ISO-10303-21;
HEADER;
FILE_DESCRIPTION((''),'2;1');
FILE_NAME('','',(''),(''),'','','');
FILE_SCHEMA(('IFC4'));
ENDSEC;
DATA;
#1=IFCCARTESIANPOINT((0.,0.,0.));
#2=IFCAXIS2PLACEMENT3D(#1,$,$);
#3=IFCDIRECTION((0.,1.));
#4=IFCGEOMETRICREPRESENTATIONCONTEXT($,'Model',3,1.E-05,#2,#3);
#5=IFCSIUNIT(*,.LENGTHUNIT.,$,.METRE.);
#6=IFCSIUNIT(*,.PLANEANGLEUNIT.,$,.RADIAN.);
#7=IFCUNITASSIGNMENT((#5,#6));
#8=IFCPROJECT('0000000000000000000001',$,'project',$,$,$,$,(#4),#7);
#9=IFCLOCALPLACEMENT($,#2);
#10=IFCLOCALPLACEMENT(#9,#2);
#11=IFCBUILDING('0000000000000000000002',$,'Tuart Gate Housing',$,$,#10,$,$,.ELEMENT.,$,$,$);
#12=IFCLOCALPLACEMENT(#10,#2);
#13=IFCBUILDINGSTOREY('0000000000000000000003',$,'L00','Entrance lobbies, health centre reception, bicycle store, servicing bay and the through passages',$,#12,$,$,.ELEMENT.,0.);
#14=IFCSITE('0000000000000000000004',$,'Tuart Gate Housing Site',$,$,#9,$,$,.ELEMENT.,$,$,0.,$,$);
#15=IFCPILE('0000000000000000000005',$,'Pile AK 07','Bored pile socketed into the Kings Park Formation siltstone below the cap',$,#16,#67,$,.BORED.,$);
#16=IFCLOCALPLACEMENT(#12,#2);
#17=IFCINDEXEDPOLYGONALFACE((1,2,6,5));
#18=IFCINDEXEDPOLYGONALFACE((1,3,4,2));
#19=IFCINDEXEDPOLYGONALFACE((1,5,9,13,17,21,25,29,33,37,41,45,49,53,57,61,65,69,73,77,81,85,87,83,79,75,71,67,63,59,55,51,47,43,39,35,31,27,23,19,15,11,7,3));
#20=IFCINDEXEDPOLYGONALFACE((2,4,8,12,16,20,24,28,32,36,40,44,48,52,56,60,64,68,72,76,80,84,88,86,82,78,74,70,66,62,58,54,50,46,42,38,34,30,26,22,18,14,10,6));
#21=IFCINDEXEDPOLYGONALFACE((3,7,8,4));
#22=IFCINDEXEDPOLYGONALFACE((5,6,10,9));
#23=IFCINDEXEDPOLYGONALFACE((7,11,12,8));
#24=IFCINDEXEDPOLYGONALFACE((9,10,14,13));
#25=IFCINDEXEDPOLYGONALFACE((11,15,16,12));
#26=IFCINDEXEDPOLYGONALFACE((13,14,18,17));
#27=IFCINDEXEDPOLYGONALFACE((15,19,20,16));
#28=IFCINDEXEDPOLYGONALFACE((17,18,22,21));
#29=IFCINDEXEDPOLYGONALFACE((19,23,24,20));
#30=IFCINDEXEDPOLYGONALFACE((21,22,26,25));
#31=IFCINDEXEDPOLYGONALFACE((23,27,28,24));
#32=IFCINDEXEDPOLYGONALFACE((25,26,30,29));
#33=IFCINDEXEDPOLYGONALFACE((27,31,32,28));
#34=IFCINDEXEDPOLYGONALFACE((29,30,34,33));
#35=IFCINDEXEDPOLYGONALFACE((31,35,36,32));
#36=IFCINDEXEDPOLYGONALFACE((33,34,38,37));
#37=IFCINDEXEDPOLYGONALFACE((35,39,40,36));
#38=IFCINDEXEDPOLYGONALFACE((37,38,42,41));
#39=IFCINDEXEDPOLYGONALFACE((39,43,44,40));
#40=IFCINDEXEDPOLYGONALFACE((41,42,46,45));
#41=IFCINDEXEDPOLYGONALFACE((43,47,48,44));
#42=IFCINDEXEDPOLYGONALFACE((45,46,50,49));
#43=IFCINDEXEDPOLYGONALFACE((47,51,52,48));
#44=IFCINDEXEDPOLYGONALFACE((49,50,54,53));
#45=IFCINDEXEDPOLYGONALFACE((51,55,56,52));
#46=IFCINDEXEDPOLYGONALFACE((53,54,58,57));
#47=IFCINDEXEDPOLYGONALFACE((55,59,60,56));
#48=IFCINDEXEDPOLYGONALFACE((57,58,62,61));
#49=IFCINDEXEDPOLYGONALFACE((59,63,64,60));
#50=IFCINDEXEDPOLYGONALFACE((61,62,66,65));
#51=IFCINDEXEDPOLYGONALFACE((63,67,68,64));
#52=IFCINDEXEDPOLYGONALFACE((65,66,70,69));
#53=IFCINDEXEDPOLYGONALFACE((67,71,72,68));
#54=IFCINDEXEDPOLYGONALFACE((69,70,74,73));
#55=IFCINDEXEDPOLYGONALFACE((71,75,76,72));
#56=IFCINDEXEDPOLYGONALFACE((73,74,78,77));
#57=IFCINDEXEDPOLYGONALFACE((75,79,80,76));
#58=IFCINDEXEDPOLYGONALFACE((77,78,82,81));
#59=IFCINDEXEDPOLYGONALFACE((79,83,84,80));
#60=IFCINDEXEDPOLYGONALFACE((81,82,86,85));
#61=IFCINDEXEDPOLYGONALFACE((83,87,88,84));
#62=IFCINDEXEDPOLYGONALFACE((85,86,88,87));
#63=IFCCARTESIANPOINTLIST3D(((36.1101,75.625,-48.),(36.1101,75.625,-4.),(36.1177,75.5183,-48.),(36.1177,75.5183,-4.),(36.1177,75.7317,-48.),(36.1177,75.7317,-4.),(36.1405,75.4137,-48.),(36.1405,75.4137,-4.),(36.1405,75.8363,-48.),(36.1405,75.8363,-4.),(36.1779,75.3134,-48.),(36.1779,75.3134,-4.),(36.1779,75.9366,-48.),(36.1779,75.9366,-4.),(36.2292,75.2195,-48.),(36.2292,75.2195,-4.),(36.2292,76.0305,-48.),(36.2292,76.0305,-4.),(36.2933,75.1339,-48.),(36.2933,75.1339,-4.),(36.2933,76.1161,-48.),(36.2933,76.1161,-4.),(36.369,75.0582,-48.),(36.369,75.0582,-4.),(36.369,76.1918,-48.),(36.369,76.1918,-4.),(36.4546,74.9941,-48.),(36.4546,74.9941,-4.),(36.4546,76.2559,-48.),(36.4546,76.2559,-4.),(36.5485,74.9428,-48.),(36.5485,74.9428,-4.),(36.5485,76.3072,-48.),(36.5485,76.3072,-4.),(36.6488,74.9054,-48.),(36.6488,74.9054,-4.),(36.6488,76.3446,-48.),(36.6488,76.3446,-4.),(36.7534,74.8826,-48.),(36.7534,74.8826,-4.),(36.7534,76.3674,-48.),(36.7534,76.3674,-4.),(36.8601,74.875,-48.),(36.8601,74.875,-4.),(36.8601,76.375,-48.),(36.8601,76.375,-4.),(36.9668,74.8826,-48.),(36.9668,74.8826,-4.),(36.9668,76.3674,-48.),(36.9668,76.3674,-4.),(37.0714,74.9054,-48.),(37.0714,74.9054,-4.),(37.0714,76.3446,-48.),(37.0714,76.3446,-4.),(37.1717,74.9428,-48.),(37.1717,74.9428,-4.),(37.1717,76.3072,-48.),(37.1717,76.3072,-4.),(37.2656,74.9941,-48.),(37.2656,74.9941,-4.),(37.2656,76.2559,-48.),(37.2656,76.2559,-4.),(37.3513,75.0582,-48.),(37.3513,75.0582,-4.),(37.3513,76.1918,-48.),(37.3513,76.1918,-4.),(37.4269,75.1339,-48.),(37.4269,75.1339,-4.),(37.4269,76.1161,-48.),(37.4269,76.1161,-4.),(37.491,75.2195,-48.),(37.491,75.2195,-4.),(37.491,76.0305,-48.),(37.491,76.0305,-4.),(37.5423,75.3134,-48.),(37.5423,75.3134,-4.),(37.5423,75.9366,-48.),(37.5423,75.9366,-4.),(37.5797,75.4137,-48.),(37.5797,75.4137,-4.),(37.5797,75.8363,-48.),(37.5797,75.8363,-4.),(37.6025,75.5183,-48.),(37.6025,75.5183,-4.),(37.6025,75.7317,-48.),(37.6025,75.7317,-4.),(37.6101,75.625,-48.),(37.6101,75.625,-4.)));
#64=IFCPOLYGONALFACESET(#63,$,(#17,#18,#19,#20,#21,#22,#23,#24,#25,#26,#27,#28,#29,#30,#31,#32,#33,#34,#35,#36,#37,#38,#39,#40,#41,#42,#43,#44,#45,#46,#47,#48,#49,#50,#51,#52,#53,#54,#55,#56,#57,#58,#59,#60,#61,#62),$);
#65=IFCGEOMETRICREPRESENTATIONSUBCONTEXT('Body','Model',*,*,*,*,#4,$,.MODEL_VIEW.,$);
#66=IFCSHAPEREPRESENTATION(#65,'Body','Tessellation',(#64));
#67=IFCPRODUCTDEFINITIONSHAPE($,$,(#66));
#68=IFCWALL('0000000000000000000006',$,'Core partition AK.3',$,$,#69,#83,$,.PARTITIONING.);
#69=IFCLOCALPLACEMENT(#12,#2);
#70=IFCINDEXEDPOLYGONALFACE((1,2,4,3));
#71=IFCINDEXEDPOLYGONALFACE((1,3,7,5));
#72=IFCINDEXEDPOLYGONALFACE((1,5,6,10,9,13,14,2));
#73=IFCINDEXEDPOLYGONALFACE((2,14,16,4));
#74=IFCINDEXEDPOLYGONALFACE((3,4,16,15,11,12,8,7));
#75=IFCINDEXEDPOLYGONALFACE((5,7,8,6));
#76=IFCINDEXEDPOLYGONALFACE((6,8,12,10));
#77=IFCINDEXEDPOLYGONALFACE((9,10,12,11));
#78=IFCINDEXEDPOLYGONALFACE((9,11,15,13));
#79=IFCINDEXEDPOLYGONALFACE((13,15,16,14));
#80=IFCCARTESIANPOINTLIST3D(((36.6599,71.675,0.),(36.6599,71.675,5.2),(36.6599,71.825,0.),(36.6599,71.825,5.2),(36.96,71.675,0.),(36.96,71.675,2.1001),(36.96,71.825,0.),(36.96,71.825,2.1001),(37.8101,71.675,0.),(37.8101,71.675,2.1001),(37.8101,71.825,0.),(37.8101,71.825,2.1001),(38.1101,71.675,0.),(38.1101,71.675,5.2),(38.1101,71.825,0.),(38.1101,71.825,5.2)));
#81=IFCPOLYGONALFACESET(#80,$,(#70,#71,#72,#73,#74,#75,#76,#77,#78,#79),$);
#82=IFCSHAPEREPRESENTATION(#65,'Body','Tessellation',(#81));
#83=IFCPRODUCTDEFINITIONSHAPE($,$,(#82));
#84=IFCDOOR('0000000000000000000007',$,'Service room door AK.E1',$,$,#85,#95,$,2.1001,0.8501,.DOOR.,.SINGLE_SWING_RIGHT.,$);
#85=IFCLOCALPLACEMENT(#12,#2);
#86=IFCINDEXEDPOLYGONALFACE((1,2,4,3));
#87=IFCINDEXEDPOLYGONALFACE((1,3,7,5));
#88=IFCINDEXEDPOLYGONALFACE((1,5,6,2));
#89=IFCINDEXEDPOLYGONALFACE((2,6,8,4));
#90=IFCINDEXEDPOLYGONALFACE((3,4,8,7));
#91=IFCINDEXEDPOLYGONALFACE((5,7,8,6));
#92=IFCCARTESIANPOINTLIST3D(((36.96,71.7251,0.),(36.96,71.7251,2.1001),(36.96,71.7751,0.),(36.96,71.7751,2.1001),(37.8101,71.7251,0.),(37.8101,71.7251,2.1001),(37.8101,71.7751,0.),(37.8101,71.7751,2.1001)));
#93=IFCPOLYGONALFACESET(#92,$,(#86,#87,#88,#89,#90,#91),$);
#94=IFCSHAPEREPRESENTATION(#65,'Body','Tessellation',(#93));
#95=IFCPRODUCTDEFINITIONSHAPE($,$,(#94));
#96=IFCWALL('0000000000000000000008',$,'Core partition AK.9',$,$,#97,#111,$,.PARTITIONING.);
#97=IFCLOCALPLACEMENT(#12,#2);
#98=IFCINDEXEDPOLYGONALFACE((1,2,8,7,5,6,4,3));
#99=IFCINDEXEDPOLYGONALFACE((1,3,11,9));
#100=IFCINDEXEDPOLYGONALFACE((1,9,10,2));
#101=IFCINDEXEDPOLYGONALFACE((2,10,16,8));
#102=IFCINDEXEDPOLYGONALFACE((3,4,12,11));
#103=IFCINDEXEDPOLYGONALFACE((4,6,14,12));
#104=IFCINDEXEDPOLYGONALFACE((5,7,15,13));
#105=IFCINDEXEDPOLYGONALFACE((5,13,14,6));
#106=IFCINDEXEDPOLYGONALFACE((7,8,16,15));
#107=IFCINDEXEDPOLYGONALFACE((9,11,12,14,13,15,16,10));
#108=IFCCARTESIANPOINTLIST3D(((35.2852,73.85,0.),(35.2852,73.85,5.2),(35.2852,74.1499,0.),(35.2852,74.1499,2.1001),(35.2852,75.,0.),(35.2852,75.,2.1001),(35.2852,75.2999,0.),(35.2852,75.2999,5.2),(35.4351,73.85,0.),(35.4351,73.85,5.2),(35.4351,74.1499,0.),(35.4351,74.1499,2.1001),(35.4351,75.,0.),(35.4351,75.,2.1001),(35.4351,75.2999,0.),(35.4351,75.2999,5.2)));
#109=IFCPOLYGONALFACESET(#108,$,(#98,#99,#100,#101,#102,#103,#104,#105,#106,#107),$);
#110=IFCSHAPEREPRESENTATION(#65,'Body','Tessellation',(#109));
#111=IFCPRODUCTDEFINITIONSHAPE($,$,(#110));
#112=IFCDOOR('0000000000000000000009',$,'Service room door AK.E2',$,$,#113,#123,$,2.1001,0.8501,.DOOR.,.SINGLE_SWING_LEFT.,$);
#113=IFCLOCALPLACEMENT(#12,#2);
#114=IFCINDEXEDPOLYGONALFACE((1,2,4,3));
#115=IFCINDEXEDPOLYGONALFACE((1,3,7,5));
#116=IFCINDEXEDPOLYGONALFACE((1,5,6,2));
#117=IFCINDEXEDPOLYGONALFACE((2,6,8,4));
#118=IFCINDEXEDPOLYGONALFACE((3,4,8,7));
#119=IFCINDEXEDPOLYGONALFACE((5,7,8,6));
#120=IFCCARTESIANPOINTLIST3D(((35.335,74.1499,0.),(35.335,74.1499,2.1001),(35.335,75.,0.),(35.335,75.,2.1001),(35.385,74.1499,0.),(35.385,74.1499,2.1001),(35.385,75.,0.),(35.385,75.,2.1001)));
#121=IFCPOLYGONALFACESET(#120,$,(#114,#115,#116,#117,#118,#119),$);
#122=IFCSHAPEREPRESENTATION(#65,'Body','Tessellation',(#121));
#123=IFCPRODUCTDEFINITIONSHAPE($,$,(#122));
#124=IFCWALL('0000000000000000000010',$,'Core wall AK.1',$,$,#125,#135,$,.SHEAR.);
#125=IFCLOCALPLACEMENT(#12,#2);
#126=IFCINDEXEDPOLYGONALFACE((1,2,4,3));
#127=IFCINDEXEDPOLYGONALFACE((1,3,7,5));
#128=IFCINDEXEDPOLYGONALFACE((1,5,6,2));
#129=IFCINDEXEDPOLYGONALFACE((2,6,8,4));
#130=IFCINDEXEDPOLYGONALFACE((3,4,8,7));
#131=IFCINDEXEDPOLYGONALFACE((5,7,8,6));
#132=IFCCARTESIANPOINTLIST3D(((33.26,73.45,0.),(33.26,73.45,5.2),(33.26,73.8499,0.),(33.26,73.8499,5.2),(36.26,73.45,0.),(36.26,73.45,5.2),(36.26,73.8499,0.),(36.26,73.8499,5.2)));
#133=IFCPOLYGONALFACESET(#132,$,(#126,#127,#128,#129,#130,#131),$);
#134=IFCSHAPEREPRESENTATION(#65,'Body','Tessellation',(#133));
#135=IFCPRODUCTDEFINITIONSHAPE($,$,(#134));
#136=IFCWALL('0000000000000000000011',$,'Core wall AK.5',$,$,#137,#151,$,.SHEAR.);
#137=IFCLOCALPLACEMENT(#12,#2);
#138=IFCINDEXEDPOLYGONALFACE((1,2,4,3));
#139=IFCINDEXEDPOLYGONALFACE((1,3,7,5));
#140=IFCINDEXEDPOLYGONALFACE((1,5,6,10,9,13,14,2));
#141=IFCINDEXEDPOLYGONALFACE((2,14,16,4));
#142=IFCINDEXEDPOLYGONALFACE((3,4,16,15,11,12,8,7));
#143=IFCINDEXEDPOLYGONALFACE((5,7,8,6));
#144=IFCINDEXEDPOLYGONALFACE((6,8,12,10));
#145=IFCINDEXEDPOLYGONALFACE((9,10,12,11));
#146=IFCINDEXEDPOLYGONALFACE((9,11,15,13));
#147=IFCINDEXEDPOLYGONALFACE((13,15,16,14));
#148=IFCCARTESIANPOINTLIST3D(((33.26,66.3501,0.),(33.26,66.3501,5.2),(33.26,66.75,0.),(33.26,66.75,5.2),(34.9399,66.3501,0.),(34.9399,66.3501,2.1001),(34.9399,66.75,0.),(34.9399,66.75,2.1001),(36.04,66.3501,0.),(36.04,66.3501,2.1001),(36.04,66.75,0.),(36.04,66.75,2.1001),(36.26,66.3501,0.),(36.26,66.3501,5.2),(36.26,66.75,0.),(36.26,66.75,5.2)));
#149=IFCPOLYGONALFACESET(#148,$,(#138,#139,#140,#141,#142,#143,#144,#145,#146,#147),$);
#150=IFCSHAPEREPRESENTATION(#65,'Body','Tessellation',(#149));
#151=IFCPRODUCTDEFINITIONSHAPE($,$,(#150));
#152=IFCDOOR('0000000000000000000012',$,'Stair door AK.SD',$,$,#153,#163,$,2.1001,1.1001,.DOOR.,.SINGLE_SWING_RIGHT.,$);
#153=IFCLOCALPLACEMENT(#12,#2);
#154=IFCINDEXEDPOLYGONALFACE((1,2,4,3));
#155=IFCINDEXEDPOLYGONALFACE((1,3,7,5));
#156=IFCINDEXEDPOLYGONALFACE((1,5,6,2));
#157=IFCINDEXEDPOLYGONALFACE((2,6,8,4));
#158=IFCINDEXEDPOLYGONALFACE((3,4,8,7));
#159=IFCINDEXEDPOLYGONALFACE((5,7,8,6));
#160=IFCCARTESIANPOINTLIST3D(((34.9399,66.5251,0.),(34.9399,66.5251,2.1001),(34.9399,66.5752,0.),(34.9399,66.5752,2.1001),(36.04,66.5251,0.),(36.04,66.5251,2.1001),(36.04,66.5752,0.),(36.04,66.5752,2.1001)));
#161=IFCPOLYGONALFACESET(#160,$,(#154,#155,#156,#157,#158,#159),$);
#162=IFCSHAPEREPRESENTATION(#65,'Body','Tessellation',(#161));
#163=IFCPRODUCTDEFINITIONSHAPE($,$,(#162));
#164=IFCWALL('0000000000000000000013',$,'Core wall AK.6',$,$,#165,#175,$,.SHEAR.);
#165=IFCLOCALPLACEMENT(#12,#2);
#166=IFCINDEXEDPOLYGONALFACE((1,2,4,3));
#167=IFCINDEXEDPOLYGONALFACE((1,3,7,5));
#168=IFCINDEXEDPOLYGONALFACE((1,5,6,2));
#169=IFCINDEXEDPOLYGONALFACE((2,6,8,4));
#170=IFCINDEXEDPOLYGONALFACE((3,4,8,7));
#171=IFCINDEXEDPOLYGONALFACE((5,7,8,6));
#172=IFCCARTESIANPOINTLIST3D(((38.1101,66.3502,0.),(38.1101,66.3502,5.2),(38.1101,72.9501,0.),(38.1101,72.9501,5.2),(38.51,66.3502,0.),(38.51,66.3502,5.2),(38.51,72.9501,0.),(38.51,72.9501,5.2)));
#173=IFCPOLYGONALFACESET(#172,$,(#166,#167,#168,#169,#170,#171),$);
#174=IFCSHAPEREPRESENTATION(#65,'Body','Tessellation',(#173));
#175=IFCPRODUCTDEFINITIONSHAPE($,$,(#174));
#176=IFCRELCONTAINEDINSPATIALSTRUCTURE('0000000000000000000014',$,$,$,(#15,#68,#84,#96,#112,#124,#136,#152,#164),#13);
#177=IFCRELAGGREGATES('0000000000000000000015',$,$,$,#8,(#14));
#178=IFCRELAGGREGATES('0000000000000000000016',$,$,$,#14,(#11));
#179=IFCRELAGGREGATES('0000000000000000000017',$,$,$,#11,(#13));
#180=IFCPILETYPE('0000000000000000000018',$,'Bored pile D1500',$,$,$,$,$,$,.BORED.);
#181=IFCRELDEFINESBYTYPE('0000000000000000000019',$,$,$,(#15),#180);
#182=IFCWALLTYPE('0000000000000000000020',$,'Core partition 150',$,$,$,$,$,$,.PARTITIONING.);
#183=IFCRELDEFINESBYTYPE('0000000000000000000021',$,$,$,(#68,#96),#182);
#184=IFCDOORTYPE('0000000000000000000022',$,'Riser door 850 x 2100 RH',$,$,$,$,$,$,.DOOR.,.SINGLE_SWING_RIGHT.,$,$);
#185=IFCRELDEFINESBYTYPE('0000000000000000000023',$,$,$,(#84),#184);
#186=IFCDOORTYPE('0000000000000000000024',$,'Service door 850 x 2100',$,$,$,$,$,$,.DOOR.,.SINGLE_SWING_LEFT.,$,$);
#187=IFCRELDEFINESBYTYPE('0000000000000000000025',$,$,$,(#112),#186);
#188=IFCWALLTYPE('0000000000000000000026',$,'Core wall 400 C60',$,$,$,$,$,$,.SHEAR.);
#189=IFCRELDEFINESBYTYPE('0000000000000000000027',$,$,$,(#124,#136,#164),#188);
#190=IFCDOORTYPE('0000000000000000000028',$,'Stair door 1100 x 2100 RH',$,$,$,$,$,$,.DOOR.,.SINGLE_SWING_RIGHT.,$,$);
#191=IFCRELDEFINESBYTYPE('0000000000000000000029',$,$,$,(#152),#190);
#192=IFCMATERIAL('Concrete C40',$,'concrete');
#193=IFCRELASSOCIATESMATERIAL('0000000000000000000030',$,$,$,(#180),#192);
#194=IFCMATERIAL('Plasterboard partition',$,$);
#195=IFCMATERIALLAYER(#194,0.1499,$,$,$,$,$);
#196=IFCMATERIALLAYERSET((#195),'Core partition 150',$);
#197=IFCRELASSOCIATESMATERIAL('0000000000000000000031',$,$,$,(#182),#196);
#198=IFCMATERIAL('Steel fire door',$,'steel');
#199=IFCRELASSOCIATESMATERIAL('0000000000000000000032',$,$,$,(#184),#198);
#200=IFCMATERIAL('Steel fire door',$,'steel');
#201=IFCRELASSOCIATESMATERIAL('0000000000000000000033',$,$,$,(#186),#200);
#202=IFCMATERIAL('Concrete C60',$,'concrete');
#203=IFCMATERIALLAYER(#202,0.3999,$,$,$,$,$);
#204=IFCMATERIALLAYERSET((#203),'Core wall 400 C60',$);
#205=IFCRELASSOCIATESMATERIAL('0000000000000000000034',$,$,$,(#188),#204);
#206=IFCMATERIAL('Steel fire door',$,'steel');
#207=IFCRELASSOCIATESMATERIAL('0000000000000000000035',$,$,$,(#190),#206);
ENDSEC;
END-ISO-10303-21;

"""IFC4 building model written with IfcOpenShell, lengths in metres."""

from ifc_helpers import new_model, si_unit, direction, frame, frame_2d, origin, origin_2d, place, context, subcontext, project, spatial, rectangle, circle, extrude, material, layer, layer_set, material_profile, profile_set, type_object, element, fill, save


model = new_model("IFC4")

# Units and contexts
model_context = context("Model", 3, precision=1e-05, world=origin(), true_north=direction((0.0, 1.0)))
body_context = subcontext(model_context, "Body", "Model", "MODEL_VIEW")
ifc_project = project(units=[si_unit("LENGTHUNIT", "METRE"), si_unit("PLANEANGLEUNIT", "RADIAN")], contexts=[model_context])

# Site, building, storey
site_placement = place(None, origin())
site = spatial("IfcSite", under=ifc_project, at=site_placement, Name="Tuart Gate Housing Site", CompositionType="ELEMENT", RefElevation=0.0)
building_placement = place(site_placement, origin())
building = spatial("IfcBuilding", under=site, at=building_placement, Name="Tuart Gate Housing", CompositionType="ELEMENT")
storey_placement = place(building_placement, origin())
storey = spatial("IfcBuildingStorey", under=building, at=storey_placement, Name="L00", Description="Entrance lobbies, health centre reception, bicycle store, servicing bay and the through passages", CompositionType="ELEMENT", Elevation=0.0)

# Pile
ifc_material_1 = material(Name="Concrete C40", Category="concrete")
ifc_material_profile = material_profile(ifc_material_1, circle(Radius=0.75, at=origin_2d()), Name="Bored pile D1500")
ifc_profile_set = profile_set([ifc_material_profile], Name="Concrete C40")
pile_type = type_object("IfcPileType", Name="Bored pile D1500", PredefinedType="BORED", material=ifc_profile_set)
for number, where, z_axis, x_axis, name in (
    (1, (36.8601, 75.625, -4.0), (0.0, 0.0, -1.0), (1.0, 0.0, 0.0), "Pile AK 07"),
):
    element("IfcPile", number, at=place(storey_placement, frame(where, z_axis=z_axis, x_axis=x_axis)), inside=storey, type_object=pile_type, Name=name, Description="Bored pile socketed into the Kings Park Formation siltstone below the cap", PredefinedType="BORED", context=body_context, shape_type="SweptSolid", body=[
        extrude(circle(Radius=0.75, at=origin_2d()), origin(), (0.0, 0.0, 1.0), 44.0),
    ])

# Walls, openings, doors
ifc_material_2 = material(Name="Plasterboard partition")
ifc_layer_1 = layer(ifc_material_2, 0.1499)
ifc_layer_set_1 = layer_set([ifc_layer_1], Name="Core partition 150")
wall_type_1 = type_object("IfcWallType", Name="Core partition 150", PredefinedType="PARTITIONING", material=ifc_layer_set_1)
wall_1_placement = place(storey_placement, frame((38.1101, 71.75, 0.0), z_axis=(0.0, 0.0, 1.0), x_axis=(-1.0, 0.0, 0.0)))
wall_1 = element("IfcWall", 2, at=wall_1_placement, inside=storey, type_object=wall_type_1, Name="Core partition AK.3", PredefinedType="PARTITIONING", context=body_context, shape_type="SweptSolid", body=[
    extrude(rectangle(XDim=1.4502, YDim=0.1499, at=frame_2d((0.7251, 0.0))), origin(), (0.0, 0.0, 1.0), 5.2),
])
opening_1_placement = place(wall_1_placement, frame((0.3, 0.0, 0.0)))
opening_1 = element("IfcOpeningElement", 3, at=opening_1_placement, cuts=wall_1, PredefinedType="OPENING", context=body_context, shape_type="SweptSolid", body=[
    extrude(rectangle(XDim=0.8501, YDim=2.1001, at=frame_2d((0.425, 1.05))), frame((0.0, 0.085, 0.0), z_axis=(0.0, -1.0, 0.0), x_axis=(1.0, 0.0, 0.0)), (0.0, 0.0, 1.0), 0.1699),
])
ifc_material_3 = material(Name="Steel fire door", Category="steel")
door_type_1 = type_object("IfcDoorType", Name="Riser door 850 x 2100 RH", OperationType="SINGLE_SWING_RIGHT", PredefinedType="DOOR", material=ifc_material_3)
door_1_placement = place(opening_1_placement, frame((0.8501, 0.0, 0.0), z_axis=(0.0, 0.0, 1.0), x_axis=(-1.0, 0.0, 0.0)))
door_1 = element("IfcDoor", 4, at=door_1_placement, inside=storey, type_object=door_type_1, Name="Service room door AK.E1", OperationType="SINGLE_SWING_RIGHT", OverallHeight=2.1001, OverallWidth=0.8501, PredefinedType="DOOR", context=body_context, shape_type="SweptSolid", body=[
    extrude(rectangle(XDim=0.8501, YDim=2.1001, at=frame_2d((0.425, 1.05))), frame((0.0, 0.0251, 0.0), z_axis=(0.0, -1.0, 0.0), x_axis=(1.0, 0.0, 0.0)), (0.0, 0.0, 1.0), 0.05),
])
fill(opening_1, door_1)
wall_2_placement = place(storey_placement, frame((35.3601, 75.3, 0.0), z_axis=(0.0, 0.0, 1.0), x_axis=(0.0, -1.0, 0.0)))
wall_2 = element("IfcWall", 5, at=wall_2_placement, inside=storey, type_object=wall_type_1, Name="Core partition AK.9", PredefinedType="PARTITIONING", context=body_context, shape_type="SweptSolid", body=[
    extrude(rectangle(XDim=1.45, YDim=0.1499, at=frame_2d((0.7251, 0.0))), origin(), (0.0, 0.0, 1.0), 5.2),
])
opening_2_placement = place(wall_2_placement, frame((0.3, 0.0, 0.0)))
opening_2 = element("IfcOpeningElement", 6, at=opening_2_placement, cuts=wall_2, PredefinedType="OPENING", context=body_context, shape_type="SweptSolid", body=[
    extrude(rectangle(XDim=0.8501, YDim=2.1001, at=frame_2d((0.425, 1.05))), frame((0.0, 0.085, 0.0), z_axis=(0.0, -1.0, 0.0), x_axis=(1.0, 0.0, 0.0)), (0.0, 0.0, 1.0), 0.1699),
])
ifc_material_4 = material(Name="Steel fire door", Category="steel")
door_type_2 = type_object("IfcDoorType", Name="Service door 850 x 2100", OperationType="SINGLE_SWING_LEFT", PredefinedType="DOOR", material=ifc_material_4)
door_2_placement = place(opening_2_placement, origin())
door_2 = element("IfcDoor", 7, at=door_2_placement, inside=storey, type_object=door_type_2, Name="Service room door AK.E2", OperationType="SINGLE_SWING_LEFT", OverallHeight=2.1001, OverallWidth=0.8501, PredefinedType="DOOR", context=body_context, shape_type="SweptSolid", body=[
    extrude(rectangle(XDim=0.8501, YDim=2.1001, at=frame_2d((0.425, 1.05))), frame((0.0, 0.0249, 0.0), z_axis=(0.0, -1.0, 0.0), x_axis=(1.0, 0.0, 0.0)), (0.0, 0.0, 1.0), 0.05),
])
fill(opening_2, door_2)

# Wall
ifc_material_5 = material(Name="Concrete C60", Category="concrete")
ifc_layer_2 = layer(ifc_material_5, 0.3999)
ifc_layer_set_2 = layer_set([ifc_layer_2], Name="Core wall 400 C60")
wall_type_2 = type_object("IfcWallType", Name="Core wall 400 C60", PredefinedType="SHEAR", material=ifc_layer_set_2)
wall_3_placement = place(storey_placement, frame((36.26, 73.6499, 0.0), z_axis=(0.0, 0.0, 1.0), x_axis=(-1.0, 0.0, 0.0)))
element("IfcWall", 8, at=wall_3_placement, inside=storey, type_object=wall_type_2, Name="Core wall AK.1", PredefinedType="SHEAR", context=body_context, shape_type="SweptSolid", body=[
    extrude(rectangle(XDim=3.0, YDim=0.3999, at=frame_2d((1.5, 0.0))), origin(), (0.0, 0.0, 1.0), 5.2),
])

# Wall, opening, door
wall_4_placement = place(storey_placement, frame((36.26, 66.55, 0.0), z_axis=(0.0, 0.0, 1.0), x_axis=(-1.0, 0.0, 0.0)))
wall_4 = element("IfcWall", 9, at=wall_4_placement, inside=storey, type_object=wall_type_2, Name="Core wall AK.5", PredefinedType="SHEAR", context=body_context, shape_type="SweptSolid", body=[
    extrude(rectangle(XDim=3.0, YDim=0.3999, at=frame_2d((1.5, 0.0))), origin(), (0.0, 0.0, 1.0), 5.2),
])
opening_3_placement = place(wall_4_placement, frame((0.22, 0.0, 0.0)))
opening_3 = element("IfcOpeningElement", 10, at=opening_3_placement, cuts=wall_4, PredefinedType="OPENING", context=body_context, shape_type="SweptSolid", body=[
    extrude(rectangle(XDim=1.1001, YDim=2.1001, at=frame_2d((0.55, 1.05))), frame((0.0, 0.21, 0.0), z_axis=(0.0, -1.0, 0.0), x_axis=(1.0, 0.0, 0.0)), (0.0, 0.0, 1.0), 0.4199),
])
ifc_material_6 = material(Name="Steel fire door", Category="steel")
door_type_3 = type_object("IfcDoorType", Name="Stair door 1100 x 2100 RH", OperationType="SINGLE_SWING_RIGHT", PredefinedType="DOOR", material=ifc_material_6)
door_3_placement = place(opening_3_placement, frame((1.1001, 0.0, 0.0), z_axis=(0.0, 0.0, 1.0), x_axis=(-1.0, 0.0, 0.0)))
door_3 = element("IfcDoor", 11, at=door_3_placement, inside=storey, type_object=door_type_3, Name="Stair door AK.SD", OperationType="SINGLE_SWING_RIGHT", OverallHeight=2.1001, OverallWidth=1.1001, PredefinedType="DOOR", context=body_context, shape_type="SweptSolid", body=[
    extrude(rectangle(XDim=1.1001, YDim=2.1001, at=frame_2d((0.55, 1.05))), frame((0.0, 0.0251, 0.0), z_axis=(0.0, -1.0, 0.0), x_axis=(1.0, 0.0, 0.0)), (0.0, 0.0, 1.0), 0.05),
])
fill(opening_3, door_3)

# Wall
wall_5_placement = place(storey_placement, frame((38.3101, 72.95, 0.0), z_axis=(0.0, 0.0, 1.0), x_axis=(0.0, -1.0, 0.0)))
element("IfcWall", 12, at=wall_5_placement, inside=storey, type_object=wall_type_2, Name="Core wall AK.6", PredefinedType="SHEAR", context=body_context, shape_type="SweptSolid", body=[
    extrude(rectangle(XDim=6.5999, YDim=0.3999, at=frame_2d((3.2998, 0.0))), origin(), (0.0, 0.0, 1.0), 5.2),
])

save(model, "model.ifc")
